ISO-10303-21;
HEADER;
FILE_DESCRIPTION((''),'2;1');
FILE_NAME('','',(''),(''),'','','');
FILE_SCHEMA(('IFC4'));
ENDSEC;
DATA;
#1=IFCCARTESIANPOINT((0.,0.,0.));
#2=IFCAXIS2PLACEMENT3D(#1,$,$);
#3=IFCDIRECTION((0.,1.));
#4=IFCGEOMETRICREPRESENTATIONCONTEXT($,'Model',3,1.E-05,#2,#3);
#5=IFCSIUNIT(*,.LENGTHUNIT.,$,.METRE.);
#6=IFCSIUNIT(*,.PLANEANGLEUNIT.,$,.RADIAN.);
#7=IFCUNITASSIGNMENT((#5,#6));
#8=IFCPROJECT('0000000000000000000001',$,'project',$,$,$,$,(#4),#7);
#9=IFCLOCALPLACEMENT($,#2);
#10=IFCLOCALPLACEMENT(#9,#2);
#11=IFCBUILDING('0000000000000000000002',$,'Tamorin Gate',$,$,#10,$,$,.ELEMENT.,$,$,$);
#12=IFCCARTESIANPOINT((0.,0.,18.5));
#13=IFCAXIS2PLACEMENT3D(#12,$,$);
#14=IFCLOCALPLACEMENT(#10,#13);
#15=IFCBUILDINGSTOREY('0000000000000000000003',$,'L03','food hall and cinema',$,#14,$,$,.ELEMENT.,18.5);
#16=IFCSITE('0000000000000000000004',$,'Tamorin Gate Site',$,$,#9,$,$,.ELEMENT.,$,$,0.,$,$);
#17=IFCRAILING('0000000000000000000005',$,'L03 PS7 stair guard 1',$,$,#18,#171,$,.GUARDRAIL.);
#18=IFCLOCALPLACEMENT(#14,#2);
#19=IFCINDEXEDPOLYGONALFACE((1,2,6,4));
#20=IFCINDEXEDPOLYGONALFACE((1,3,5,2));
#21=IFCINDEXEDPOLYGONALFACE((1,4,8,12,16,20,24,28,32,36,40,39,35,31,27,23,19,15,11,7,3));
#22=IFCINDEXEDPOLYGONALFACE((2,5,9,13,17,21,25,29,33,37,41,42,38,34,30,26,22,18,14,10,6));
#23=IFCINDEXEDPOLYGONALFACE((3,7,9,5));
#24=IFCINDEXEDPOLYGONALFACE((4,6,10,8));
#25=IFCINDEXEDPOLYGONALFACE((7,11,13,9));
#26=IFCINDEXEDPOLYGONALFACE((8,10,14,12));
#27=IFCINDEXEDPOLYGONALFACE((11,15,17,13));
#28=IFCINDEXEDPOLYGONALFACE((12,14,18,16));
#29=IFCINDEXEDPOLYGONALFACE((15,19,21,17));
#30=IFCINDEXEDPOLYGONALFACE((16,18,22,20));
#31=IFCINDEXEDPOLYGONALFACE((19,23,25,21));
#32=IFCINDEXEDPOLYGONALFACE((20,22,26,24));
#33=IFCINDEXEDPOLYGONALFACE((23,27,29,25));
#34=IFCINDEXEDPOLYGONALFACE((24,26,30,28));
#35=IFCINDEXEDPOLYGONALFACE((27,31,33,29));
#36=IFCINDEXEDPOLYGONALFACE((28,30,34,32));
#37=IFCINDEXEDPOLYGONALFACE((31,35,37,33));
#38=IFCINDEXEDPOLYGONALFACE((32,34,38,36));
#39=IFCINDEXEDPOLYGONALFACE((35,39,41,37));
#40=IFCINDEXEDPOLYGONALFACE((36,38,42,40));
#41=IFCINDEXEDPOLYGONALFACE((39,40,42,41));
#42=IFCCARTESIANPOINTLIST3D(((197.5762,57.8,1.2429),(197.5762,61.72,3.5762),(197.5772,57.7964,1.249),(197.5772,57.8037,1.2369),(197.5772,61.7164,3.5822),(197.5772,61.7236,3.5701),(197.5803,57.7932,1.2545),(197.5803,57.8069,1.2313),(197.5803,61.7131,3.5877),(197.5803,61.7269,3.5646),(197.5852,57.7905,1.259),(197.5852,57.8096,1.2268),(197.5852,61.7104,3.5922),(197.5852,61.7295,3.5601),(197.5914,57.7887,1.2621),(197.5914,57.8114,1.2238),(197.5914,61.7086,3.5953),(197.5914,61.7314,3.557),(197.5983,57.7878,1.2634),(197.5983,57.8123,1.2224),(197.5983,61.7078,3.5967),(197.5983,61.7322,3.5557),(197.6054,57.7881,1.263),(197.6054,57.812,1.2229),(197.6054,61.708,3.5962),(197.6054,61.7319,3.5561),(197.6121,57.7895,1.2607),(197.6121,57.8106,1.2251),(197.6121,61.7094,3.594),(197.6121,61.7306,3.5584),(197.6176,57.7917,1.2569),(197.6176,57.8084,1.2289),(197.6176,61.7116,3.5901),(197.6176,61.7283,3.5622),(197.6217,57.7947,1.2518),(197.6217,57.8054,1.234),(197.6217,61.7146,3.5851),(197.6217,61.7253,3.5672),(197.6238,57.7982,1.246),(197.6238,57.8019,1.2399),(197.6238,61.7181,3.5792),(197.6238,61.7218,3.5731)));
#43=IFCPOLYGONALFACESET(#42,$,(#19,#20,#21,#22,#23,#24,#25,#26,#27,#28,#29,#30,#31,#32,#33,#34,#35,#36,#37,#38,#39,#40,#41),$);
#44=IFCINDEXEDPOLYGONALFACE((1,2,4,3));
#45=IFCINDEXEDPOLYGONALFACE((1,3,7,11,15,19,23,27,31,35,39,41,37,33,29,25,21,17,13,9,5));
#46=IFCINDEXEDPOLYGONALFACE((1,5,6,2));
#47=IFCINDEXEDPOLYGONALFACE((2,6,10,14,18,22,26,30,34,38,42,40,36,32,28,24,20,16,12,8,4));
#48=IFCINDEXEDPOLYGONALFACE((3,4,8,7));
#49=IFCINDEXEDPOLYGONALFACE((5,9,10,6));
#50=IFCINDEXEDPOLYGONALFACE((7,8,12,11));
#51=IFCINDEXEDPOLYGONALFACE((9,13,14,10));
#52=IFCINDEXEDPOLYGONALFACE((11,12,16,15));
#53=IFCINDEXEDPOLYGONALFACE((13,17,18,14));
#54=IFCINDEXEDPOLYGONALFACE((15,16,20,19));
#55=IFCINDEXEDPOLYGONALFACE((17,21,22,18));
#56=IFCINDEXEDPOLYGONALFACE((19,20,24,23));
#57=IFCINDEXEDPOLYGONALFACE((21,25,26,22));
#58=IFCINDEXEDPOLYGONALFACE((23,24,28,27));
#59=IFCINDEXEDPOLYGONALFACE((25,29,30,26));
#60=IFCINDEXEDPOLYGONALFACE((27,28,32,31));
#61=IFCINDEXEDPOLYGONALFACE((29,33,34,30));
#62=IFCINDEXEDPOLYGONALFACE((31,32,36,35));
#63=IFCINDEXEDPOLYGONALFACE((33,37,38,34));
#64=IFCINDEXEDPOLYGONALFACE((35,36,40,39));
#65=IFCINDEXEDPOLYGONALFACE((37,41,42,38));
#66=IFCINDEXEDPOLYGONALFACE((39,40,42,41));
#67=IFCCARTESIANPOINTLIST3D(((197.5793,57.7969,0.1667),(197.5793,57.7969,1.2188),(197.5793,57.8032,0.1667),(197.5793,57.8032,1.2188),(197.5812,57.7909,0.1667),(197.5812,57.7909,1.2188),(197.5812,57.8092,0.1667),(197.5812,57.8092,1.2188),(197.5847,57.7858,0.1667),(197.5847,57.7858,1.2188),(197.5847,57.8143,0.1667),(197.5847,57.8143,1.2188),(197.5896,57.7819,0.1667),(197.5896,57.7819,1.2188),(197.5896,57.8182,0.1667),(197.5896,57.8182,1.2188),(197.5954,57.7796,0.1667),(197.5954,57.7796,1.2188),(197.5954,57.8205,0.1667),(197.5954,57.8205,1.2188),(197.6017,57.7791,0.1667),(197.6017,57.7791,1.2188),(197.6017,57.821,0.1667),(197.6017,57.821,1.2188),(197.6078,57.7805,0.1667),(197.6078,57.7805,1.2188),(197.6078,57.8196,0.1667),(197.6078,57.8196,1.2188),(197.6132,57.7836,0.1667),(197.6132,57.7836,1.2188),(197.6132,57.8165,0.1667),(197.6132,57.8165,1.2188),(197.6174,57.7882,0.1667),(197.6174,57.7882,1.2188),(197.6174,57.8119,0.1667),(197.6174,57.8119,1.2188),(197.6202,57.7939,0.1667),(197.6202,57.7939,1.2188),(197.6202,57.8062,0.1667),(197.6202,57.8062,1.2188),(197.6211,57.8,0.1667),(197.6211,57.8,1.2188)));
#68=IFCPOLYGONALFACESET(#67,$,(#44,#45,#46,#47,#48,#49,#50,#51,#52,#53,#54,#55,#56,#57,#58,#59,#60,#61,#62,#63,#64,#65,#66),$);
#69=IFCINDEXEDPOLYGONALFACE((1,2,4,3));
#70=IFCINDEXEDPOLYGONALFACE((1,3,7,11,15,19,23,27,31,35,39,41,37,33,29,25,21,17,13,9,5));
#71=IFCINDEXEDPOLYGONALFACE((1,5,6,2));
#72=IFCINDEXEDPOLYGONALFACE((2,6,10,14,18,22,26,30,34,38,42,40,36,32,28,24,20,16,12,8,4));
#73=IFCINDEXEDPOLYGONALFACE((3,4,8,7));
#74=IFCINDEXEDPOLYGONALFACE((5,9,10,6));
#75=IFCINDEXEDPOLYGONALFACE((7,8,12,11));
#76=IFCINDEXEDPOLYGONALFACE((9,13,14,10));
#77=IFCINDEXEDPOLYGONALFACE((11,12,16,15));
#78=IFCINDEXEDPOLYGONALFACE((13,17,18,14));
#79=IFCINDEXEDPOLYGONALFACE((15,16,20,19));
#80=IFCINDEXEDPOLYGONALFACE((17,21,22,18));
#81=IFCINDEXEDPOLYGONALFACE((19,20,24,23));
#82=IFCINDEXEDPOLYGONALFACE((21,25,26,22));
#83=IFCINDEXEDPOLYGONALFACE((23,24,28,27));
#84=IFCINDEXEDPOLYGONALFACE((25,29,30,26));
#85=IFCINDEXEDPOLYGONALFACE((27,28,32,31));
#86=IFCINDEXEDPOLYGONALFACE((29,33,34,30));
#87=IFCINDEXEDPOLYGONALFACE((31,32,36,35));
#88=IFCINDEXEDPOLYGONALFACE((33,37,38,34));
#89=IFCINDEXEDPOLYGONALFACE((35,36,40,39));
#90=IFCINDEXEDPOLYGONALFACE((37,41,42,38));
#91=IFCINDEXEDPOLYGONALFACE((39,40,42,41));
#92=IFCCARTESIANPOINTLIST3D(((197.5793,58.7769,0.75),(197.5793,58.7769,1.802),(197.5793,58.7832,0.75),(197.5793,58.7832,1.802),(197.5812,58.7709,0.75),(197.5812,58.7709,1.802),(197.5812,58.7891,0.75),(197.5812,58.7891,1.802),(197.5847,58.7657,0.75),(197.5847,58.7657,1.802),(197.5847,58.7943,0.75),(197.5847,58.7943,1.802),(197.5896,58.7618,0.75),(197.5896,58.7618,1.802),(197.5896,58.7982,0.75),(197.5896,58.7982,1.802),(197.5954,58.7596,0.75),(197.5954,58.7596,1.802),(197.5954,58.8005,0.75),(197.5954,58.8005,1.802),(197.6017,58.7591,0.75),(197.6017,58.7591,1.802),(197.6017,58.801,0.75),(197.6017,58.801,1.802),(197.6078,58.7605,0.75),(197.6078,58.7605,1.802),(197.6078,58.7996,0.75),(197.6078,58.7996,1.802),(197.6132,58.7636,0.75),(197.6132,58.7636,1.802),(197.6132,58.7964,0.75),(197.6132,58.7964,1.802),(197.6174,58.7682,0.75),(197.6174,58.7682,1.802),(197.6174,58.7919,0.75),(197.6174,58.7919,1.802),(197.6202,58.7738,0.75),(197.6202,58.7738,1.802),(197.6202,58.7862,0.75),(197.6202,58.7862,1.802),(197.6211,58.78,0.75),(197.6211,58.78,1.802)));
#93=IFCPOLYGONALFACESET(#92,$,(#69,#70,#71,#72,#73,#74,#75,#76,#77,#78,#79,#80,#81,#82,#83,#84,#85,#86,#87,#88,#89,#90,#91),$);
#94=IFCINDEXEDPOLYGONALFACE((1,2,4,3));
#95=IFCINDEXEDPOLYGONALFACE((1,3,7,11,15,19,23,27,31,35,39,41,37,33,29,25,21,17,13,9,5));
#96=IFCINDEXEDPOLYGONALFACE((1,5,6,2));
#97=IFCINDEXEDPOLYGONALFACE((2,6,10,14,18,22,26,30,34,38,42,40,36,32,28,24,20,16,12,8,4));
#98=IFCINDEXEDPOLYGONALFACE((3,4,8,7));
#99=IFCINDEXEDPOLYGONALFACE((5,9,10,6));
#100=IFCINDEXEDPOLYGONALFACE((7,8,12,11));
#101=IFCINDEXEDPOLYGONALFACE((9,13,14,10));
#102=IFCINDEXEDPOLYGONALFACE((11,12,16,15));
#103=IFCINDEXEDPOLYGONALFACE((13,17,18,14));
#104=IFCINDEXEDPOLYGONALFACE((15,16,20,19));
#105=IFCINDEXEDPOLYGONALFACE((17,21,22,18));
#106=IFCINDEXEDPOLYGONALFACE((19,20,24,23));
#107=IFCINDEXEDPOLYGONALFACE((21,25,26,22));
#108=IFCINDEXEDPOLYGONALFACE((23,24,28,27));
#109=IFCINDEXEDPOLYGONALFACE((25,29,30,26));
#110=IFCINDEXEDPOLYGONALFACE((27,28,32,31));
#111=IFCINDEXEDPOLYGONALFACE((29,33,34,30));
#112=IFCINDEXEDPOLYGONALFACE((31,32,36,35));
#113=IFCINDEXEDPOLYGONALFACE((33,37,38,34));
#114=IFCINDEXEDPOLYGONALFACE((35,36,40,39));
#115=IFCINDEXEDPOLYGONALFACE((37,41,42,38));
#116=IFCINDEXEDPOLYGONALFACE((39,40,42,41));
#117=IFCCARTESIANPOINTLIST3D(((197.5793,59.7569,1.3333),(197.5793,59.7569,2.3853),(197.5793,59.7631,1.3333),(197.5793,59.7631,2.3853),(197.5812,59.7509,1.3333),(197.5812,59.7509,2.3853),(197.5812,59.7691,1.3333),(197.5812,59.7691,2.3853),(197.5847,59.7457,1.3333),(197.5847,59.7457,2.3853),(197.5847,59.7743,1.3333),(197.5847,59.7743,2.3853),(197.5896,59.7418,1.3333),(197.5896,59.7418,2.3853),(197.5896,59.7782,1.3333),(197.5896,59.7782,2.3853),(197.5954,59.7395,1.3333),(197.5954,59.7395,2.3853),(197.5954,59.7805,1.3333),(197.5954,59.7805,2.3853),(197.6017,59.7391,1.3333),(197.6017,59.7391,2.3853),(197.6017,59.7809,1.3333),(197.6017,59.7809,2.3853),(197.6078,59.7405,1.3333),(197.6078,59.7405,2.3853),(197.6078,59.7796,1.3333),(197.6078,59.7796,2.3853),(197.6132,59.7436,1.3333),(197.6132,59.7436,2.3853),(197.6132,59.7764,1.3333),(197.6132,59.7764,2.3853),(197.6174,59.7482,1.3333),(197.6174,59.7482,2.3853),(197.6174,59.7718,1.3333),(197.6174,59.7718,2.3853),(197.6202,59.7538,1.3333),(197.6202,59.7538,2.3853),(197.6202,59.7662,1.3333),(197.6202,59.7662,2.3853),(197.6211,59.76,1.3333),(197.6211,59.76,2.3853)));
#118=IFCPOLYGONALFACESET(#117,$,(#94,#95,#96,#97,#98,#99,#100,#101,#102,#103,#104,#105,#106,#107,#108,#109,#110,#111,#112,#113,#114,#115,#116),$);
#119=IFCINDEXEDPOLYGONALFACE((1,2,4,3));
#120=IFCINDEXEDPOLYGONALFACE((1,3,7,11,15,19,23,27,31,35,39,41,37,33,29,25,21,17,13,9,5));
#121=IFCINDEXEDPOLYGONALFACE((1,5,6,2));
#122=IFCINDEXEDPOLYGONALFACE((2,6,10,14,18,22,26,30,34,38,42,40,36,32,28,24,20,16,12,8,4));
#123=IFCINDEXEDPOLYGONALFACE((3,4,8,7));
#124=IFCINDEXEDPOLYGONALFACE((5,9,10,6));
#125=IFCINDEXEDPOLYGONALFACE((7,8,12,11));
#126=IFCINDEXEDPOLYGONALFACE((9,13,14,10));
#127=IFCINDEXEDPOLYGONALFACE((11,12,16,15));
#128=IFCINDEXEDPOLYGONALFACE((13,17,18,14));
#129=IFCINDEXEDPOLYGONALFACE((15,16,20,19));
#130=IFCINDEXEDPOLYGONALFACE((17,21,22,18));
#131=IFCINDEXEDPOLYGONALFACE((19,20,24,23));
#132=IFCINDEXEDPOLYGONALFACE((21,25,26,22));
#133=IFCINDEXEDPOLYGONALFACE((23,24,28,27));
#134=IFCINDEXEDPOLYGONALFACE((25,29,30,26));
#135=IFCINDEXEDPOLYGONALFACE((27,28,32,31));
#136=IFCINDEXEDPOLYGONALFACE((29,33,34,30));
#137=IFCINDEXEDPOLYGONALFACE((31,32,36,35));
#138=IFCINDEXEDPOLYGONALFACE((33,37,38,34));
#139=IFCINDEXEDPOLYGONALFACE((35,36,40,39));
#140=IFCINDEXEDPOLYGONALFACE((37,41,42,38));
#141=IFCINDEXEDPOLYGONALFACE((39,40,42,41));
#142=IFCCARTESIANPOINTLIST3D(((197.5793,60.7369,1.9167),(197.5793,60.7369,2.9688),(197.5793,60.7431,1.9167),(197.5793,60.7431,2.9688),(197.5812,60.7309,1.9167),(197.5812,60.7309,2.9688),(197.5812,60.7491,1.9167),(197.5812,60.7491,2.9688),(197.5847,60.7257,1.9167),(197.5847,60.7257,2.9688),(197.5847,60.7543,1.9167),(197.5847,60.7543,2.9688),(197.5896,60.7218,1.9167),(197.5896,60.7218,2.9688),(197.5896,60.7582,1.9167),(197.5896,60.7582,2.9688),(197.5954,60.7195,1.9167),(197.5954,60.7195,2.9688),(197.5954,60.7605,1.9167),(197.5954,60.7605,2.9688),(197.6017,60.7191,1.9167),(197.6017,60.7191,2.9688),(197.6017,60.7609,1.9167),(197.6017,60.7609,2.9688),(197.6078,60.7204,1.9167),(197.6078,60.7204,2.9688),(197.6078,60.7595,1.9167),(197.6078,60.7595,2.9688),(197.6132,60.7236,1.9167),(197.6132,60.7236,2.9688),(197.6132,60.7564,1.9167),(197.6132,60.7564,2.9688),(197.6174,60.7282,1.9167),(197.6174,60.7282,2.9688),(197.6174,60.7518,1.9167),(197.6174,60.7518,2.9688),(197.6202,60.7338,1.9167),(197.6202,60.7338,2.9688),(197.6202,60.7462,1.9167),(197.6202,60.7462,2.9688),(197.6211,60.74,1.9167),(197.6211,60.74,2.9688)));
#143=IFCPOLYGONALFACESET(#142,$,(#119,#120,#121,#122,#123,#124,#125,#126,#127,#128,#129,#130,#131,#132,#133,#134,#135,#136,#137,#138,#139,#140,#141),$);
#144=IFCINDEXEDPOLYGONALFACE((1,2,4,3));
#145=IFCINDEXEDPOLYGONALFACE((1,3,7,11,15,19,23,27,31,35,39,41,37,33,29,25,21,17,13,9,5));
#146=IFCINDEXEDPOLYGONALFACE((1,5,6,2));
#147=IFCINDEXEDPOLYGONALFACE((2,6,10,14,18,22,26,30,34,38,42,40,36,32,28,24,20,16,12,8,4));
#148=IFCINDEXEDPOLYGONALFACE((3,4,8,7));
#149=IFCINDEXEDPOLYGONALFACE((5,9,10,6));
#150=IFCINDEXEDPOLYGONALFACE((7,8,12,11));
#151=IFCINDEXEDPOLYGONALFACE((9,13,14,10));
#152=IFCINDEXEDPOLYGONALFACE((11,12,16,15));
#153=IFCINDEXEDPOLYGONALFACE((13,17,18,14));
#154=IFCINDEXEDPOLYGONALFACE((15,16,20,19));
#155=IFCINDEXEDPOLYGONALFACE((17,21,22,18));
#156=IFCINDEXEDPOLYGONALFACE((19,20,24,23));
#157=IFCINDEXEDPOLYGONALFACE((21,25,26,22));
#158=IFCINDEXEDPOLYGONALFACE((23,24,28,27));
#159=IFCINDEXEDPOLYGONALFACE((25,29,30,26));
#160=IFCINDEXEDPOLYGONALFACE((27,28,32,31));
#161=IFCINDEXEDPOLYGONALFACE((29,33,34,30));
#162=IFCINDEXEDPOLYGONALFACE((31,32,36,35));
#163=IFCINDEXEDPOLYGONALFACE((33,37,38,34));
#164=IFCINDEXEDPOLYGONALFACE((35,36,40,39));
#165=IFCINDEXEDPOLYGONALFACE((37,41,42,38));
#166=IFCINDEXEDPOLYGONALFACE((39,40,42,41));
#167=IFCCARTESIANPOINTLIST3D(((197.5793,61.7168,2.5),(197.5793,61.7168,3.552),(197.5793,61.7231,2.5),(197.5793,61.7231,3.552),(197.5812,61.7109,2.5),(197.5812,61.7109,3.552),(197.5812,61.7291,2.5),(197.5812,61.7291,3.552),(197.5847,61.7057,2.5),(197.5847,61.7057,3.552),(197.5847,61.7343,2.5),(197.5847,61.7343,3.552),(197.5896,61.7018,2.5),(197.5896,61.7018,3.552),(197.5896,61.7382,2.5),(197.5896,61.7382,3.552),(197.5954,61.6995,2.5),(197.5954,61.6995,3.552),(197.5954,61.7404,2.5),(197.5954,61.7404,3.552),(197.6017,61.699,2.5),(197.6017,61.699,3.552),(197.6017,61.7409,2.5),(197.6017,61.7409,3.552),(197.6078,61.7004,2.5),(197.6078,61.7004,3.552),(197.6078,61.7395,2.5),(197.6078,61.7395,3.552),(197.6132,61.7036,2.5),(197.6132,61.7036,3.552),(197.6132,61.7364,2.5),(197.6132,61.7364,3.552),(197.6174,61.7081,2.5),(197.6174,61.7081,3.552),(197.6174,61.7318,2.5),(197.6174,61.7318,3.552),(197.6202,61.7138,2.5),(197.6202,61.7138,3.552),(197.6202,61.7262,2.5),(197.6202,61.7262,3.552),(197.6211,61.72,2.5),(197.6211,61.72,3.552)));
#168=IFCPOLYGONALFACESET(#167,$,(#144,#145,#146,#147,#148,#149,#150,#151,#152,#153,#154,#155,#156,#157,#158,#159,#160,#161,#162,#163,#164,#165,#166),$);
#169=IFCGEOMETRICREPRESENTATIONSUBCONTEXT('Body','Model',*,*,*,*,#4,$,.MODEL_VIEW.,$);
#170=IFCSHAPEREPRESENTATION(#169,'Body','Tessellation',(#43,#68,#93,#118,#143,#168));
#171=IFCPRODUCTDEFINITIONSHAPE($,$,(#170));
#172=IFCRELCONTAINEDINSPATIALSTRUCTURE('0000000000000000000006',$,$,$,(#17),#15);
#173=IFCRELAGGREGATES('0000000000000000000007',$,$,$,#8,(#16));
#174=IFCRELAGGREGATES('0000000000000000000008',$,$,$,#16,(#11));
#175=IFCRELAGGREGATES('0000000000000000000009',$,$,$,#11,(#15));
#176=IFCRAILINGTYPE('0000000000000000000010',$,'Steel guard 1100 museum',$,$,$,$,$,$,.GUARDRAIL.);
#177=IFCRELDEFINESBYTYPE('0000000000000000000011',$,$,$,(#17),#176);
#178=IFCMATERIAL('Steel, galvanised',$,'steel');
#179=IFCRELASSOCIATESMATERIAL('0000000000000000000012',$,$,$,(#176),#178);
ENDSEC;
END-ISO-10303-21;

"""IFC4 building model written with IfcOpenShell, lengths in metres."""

from ifc_helpers import new_model, si_unit, direction, frame, origin, origin_2d, place, context, subcontext, project, spatial, circle, extrude, material, type_object, element, save


model = new_model("IFC4")

# Units and contexts
model_context = context("Model", 3, precision=1e-05, world=origin(), true_north=direction((0.0, 1.0)))
body_context = subcontext(model_context, "Body", "Model", "MODEL_VIEW")
ifc_project = project(units=[si_unit("LENGTHUNIT", "METRE"), si_unit("PLANEANGLEUNIT", "RADIAN")], contexts=[model_context])

# Site, building, storey
site_placement = place(None, origin())
site = spatial("IfcSite", under=ifc_project, at=site_placement, Name="Tamorin Gate Site", CompositionType="ELEMENT", RefElevation=0.0)
building_placement = place(site_placement, origin())
building = spatial("IfcBuilding", under=site, at=building_placement, Name="Tamorin Gate", CompositionType="ELEMENT")
storey_placement = place(building_placement, frame((0.0, 0.0, 18.5)))
storey = spatial("IfcBuildingStorey", under=building, at=storey_placement, Name="L03", Description="food hall and cinema", CompositionType="ELEMENT", Elevation=18.5)

# Railing
ifc_material_1 = material(Name="Steel, galvanised", Category="steel")
railing_type_1 = type_object("IfcRailingType", Name="Steel guard 1100 museum", PredefinedType="GUARDRAIL", material=ifc_material_1)
railing_1_placement = place(storey_placement, frame((197.6001, 57.8, 0.1667)))
element("IfcRailing", 1, at=railing_1_placement, inside=storey, type_object=railing_type_1, Name="L03 PS7 stair guard 1", PredefinedType="GUARDRAIL", context=body_context, shape_type="SweptSolid", body=[
    extrude(circle(Radius=0.0239, at=origin_2d()), frame((0.0, 0.0, 1.0762), z_axis=(0.0, 0.859296, 0.511478), x_axis=(-1.0, 0.0, 0.0)), (0.0, 0.0, 1.0), 4.5618),
    extrude(circle(Radius=0.021, at=origin_2d()), origin(), (0.0, 0.0, 1.0), 1.052),
    extrude(circle(Radius=0.021, at=origin_2d()), frame((0.0, 0.98, 0.5833)), (0.0, 0.0, 1.0), 1.052),
    extrude(circle(Radius=0.021, at=origin_2d()), frame((0.0, 1.96, 1.1665)), (0.0, 0.0, 1.0), 1.052),
    extrude(circle(Radius=0.021, at=origin_2d()), frame((0.0, 2.9399, 1.75)), (0.0, 0.0, 1.0), 1.052),
    extrude(circle(Radius=0.021, at=origin_2d()), frame((0.0, 3.9199, 2.3333)), (0.0, 0.0, 1.0), 1.052),
])

save(model, "model.ifc")
